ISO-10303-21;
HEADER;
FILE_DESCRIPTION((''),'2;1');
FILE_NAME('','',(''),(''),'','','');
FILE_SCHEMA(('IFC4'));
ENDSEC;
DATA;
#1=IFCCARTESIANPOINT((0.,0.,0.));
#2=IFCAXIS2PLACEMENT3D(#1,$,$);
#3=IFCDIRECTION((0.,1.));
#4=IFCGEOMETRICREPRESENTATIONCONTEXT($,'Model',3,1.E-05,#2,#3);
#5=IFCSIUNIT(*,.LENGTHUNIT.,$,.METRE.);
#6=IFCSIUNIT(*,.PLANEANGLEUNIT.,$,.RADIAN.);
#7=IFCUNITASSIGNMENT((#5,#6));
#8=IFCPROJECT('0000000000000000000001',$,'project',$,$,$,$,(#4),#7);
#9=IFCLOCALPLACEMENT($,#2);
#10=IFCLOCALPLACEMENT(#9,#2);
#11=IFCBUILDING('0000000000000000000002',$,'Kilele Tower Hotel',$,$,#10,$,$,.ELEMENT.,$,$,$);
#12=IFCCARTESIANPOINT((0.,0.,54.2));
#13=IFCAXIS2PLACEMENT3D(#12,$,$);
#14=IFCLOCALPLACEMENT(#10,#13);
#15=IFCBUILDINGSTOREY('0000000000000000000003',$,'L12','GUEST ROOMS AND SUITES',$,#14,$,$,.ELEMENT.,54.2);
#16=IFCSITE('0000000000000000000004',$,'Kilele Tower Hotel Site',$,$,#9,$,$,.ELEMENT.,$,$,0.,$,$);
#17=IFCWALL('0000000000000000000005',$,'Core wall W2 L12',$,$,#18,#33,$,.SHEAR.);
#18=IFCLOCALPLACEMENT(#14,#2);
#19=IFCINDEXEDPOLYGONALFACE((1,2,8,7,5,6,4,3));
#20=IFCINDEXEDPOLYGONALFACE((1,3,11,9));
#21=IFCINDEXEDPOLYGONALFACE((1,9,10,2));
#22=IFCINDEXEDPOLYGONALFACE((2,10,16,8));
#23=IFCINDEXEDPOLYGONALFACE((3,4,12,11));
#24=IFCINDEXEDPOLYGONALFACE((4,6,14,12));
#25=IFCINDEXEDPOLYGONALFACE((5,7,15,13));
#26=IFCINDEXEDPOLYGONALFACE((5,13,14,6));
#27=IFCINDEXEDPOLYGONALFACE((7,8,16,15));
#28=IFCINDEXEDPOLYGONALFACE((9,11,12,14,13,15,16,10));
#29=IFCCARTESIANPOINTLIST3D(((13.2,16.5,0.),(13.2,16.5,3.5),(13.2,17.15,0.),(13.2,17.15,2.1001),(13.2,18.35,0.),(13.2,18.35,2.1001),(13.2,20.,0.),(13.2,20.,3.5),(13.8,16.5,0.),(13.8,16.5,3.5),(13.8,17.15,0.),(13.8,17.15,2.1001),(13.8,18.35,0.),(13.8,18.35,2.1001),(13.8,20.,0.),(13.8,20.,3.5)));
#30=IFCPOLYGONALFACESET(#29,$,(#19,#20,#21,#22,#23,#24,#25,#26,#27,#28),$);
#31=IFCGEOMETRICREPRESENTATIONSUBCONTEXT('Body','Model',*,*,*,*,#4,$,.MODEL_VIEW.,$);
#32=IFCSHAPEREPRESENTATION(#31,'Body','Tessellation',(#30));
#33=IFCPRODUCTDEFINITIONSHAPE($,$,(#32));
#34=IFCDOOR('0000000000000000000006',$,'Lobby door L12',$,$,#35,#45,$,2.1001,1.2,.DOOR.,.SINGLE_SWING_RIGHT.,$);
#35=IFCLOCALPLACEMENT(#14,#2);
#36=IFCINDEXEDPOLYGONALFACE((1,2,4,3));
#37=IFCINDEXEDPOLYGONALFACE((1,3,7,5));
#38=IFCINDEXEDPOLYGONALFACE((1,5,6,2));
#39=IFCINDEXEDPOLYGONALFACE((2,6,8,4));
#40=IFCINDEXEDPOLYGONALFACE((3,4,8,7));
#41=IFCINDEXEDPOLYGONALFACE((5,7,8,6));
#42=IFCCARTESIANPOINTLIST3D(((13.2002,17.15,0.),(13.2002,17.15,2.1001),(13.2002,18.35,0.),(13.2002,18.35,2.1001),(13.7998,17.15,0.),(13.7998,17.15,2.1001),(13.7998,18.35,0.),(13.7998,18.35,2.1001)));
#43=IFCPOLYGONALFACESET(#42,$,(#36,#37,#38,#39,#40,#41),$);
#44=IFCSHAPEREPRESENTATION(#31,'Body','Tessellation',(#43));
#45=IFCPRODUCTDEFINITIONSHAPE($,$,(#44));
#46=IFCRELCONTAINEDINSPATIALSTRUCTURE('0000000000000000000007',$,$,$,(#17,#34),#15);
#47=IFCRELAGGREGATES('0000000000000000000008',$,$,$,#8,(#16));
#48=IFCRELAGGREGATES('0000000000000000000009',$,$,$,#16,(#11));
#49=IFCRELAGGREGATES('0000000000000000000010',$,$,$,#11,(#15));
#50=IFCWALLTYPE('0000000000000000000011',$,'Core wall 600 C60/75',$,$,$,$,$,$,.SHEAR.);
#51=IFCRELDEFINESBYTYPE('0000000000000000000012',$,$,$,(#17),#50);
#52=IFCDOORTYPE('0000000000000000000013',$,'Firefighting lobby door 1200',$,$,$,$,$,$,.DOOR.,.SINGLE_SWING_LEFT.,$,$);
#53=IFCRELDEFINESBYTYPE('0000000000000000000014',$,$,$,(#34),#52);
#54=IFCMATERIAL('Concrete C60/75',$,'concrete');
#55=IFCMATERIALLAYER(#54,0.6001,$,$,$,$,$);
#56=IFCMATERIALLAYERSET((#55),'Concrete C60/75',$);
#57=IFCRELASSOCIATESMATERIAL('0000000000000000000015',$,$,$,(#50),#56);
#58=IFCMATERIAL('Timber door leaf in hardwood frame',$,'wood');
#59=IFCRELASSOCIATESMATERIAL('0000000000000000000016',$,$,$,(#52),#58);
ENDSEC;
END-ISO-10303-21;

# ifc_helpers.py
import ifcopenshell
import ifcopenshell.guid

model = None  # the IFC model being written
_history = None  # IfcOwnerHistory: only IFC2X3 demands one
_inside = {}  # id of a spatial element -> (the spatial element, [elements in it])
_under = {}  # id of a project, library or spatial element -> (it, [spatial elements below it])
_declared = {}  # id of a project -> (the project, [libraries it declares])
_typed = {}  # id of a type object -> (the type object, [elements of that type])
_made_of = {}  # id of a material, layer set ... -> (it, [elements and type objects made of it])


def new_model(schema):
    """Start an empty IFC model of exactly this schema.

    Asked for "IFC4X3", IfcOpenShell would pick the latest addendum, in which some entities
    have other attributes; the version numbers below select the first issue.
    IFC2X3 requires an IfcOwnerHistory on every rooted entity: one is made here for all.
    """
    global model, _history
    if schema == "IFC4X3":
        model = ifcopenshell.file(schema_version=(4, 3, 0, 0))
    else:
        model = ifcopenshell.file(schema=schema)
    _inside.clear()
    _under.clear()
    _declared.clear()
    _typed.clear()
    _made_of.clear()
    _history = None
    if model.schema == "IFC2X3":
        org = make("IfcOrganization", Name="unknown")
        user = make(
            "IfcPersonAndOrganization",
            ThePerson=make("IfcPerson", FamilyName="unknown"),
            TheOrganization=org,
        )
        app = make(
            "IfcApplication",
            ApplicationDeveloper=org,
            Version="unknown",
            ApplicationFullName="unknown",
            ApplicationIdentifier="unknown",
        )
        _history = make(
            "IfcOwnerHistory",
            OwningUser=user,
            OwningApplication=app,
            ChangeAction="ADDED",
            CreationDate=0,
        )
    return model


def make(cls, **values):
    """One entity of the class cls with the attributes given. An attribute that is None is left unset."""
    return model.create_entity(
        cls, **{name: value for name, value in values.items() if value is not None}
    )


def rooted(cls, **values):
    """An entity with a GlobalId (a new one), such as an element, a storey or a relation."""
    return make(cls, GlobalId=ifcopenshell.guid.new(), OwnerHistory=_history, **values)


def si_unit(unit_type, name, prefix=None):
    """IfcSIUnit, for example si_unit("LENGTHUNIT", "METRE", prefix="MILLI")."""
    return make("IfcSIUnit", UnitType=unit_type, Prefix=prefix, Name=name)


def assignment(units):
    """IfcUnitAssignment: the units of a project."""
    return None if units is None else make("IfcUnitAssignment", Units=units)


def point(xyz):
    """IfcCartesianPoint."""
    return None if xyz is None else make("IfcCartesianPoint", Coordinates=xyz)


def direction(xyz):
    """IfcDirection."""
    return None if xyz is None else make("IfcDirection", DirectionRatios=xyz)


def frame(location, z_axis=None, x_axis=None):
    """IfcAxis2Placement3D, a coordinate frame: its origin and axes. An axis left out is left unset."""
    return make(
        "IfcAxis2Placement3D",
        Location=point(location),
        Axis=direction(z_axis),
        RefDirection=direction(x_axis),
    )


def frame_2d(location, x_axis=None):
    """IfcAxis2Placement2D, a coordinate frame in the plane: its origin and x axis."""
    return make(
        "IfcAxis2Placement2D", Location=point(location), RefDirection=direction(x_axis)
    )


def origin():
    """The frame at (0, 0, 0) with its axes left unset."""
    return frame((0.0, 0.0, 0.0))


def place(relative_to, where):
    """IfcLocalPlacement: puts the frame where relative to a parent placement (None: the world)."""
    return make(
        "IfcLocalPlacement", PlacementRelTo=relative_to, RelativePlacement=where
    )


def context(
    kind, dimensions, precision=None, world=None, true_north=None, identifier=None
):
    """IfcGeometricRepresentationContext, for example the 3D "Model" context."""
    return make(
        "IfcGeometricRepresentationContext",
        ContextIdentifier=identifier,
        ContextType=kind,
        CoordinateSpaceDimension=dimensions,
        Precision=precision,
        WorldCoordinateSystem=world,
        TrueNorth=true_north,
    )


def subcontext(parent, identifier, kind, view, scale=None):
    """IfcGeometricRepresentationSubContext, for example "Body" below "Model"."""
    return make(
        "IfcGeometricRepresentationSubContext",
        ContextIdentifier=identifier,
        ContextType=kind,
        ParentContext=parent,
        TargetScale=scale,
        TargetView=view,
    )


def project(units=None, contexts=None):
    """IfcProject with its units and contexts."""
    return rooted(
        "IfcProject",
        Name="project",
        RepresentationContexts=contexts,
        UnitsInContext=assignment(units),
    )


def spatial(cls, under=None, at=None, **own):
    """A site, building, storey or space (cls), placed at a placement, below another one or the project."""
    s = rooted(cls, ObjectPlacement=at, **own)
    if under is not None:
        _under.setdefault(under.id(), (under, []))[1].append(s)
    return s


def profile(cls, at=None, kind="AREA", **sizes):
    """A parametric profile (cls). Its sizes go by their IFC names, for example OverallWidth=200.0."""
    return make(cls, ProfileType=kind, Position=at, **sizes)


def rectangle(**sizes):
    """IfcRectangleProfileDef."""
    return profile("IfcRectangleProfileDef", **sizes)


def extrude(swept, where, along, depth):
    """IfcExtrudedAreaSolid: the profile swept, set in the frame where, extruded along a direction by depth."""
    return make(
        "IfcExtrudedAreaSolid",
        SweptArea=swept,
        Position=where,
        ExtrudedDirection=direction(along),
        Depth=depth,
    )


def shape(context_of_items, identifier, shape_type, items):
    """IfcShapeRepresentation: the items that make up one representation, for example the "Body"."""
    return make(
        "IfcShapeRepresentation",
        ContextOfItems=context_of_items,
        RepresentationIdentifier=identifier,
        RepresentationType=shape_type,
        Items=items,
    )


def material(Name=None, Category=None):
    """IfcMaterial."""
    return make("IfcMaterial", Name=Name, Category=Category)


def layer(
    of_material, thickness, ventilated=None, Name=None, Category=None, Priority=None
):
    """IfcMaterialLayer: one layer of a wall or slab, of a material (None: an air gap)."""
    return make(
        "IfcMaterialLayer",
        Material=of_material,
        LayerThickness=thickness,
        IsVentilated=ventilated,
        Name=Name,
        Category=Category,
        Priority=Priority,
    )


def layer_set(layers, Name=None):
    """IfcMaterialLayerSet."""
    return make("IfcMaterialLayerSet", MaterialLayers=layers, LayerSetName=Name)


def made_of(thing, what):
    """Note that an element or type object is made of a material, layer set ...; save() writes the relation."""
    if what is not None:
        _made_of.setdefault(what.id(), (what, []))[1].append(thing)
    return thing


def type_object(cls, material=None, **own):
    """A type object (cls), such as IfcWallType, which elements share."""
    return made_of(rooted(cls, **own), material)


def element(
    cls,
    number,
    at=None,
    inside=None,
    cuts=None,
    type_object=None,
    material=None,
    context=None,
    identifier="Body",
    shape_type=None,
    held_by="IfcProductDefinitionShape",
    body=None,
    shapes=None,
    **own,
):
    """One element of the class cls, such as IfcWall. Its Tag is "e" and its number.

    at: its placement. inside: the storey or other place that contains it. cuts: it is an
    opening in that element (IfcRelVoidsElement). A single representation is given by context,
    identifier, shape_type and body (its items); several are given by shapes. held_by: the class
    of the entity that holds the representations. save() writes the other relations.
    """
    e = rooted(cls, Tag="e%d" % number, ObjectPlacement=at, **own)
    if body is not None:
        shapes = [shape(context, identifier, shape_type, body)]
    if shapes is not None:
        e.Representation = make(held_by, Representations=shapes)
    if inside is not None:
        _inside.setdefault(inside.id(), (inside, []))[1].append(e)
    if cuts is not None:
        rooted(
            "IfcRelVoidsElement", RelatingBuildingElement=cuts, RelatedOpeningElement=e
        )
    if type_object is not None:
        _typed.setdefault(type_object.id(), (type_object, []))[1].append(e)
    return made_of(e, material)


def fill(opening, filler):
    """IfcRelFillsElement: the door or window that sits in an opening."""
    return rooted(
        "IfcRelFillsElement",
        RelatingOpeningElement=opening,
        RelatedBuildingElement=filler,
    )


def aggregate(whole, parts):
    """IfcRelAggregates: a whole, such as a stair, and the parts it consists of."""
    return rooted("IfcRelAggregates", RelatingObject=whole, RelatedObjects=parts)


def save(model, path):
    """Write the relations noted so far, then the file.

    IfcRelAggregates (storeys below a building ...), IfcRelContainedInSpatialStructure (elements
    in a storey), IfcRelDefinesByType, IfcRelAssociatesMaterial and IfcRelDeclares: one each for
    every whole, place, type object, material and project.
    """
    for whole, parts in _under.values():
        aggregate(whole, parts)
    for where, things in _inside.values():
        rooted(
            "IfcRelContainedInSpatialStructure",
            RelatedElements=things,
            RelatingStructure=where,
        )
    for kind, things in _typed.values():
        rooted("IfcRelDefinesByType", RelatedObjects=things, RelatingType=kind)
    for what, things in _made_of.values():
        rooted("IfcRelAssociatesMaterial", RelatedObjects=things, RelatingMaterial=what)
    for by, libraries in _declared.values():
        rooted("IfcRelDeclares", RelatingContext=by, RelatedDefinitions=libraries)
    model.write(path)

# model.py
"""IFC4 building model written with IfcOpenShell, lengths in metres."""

from ifc_helpers import new_model, si_unit, direction, frame, frame_2d, origin, place, context, subcontext, project, spatial, rectangle, extrude, material, layer, layer_set, type_object, element, fill, save


model = new_model("IFC4")

# Units and contexts
model_context = context("Model", 3, precision=1e-05, world=origin(), true_north=direction((0.0, 1.0)))
body_context = subcontext(model_context, "Body", "Model", "MODEL_VIEW")
ifc_project = project(units=[si_unit("LENGTHUNIT", "METRE"), si_unit("PLANEANGLEUNIT", "RADIAN")], contexts=[model_context])

# Site, building, storey
site_placement = place(None, origin())
site = spatial("IfcSite", under=ifc_project, at=site_placement, Name="Kilele Tower Hotel Site", CompositionType="ELEMENT", RefElevation=0.0)
building_placement = place(site_placement, origin())
building = spatial("IfcBuilding", under=site, at=building_placement, Name="Kilele Tower Hotel", CompositionType="ELEMENT")
storey_placement = place(building_placement, frame((0.0, 0.0, 54.2)))
storey = spatial("IfcBuildingStorey", under=building, at=storey_placement, Name="L12", Description="GUEST ROOMS AND SUITES", CompositionType="ELEMENT", Elevation=54.2)

# Shared definitions
ifc_material_1 = material(Name="Concrete C60/75", Category="concrete")
ifc_layer_1 = layer(ifc_material_1, 0.6001)
ifc_layer_set_1 = layer_set([ifc_layer_1], Name="Concrete C60/75")
wall_type_1 = type_object("IfcWallType", Name="Core wall 600 C60/75", PredefinedType="SHEAR", material=ifc_layer_set_1)

# Wall, opening, door
wall_1_placement = place(storey_placement, frame((13.5, 20.0, 0.0), z_axis=(0.0, 0.0, 1.0), x_axis=(0.0, -1.0, 0.0)))
wall_1 = element("IfcWall", 1, at=wall_1_placement, inside=storey, type_object=wall_type_1, Name="Core wall W2 L12", PredefinedType="SHEAR", context=body_context, shape_type="SweptSolid", body=[
    extrude(rectangle(XDim=3.5, YDim=0.6001, at=frame_2d((1.75, 0.0))), origin(), (0.0, 0.0, 1.0), 3.5),
])
opening_1_placement = place(wall_1_placement, frame((1.6499, 0.0, 0.0)))
opening_1 = element("IfcOpeningElement", 2, at=opening_1_placement, cuts=wall_1, PredefinedType="OPENING", context=body_context, shape_type="SweptSolid", body=[
    extrude(rectangle(XDim=1.2, YDim=2.1001, at=frame_2d((0.6001, 1.05))), frame((0.0, 0.3101, 0.0), z_axis=(0.0, -1.0, 0.0), x_axis=(1.0, 0.0, 0.0)), (0.0, 0.0, 1.0), 0.6201),
])
ifc_material_2 = material(Name="Timber door leaf in hardwood frame", Category="wood")
door_type_1 = type_object("IfcDoorType", Name="Firefighting lobby door 1200", OperationType="SINGLE_SWING_LEFT", PredefinedType="DOOR", material=ifc_material_2)
door_1_placement = place(opening_1_placement, origin())
door_1 = element("IfcDoor", 3, at=door_1_placement, inside=storey, type_object=door_type_1, Name="Lobby door L12", OperationType="SINGLE_SWING_RIGHT", OverallHeight=2.1001, OverallWidth=1.2, PredefinedType="DOOR", context=body_context, shape_type="SweptSolid", body=[
    extrude(rectangle(XDim=1.2, YDim=2.1001, at=frame_2d((0.6001, 1.05))), frame((0.0, 0.2998, 0.0), z_axis=(0.0, -1.0, 0.0), x_axis=(1.0, 0.0, 0.0)), (0.0, 0.0, 1.0), 0.5996),
])
fill(opening_1, door_1)

save(model, "model.ifc")
